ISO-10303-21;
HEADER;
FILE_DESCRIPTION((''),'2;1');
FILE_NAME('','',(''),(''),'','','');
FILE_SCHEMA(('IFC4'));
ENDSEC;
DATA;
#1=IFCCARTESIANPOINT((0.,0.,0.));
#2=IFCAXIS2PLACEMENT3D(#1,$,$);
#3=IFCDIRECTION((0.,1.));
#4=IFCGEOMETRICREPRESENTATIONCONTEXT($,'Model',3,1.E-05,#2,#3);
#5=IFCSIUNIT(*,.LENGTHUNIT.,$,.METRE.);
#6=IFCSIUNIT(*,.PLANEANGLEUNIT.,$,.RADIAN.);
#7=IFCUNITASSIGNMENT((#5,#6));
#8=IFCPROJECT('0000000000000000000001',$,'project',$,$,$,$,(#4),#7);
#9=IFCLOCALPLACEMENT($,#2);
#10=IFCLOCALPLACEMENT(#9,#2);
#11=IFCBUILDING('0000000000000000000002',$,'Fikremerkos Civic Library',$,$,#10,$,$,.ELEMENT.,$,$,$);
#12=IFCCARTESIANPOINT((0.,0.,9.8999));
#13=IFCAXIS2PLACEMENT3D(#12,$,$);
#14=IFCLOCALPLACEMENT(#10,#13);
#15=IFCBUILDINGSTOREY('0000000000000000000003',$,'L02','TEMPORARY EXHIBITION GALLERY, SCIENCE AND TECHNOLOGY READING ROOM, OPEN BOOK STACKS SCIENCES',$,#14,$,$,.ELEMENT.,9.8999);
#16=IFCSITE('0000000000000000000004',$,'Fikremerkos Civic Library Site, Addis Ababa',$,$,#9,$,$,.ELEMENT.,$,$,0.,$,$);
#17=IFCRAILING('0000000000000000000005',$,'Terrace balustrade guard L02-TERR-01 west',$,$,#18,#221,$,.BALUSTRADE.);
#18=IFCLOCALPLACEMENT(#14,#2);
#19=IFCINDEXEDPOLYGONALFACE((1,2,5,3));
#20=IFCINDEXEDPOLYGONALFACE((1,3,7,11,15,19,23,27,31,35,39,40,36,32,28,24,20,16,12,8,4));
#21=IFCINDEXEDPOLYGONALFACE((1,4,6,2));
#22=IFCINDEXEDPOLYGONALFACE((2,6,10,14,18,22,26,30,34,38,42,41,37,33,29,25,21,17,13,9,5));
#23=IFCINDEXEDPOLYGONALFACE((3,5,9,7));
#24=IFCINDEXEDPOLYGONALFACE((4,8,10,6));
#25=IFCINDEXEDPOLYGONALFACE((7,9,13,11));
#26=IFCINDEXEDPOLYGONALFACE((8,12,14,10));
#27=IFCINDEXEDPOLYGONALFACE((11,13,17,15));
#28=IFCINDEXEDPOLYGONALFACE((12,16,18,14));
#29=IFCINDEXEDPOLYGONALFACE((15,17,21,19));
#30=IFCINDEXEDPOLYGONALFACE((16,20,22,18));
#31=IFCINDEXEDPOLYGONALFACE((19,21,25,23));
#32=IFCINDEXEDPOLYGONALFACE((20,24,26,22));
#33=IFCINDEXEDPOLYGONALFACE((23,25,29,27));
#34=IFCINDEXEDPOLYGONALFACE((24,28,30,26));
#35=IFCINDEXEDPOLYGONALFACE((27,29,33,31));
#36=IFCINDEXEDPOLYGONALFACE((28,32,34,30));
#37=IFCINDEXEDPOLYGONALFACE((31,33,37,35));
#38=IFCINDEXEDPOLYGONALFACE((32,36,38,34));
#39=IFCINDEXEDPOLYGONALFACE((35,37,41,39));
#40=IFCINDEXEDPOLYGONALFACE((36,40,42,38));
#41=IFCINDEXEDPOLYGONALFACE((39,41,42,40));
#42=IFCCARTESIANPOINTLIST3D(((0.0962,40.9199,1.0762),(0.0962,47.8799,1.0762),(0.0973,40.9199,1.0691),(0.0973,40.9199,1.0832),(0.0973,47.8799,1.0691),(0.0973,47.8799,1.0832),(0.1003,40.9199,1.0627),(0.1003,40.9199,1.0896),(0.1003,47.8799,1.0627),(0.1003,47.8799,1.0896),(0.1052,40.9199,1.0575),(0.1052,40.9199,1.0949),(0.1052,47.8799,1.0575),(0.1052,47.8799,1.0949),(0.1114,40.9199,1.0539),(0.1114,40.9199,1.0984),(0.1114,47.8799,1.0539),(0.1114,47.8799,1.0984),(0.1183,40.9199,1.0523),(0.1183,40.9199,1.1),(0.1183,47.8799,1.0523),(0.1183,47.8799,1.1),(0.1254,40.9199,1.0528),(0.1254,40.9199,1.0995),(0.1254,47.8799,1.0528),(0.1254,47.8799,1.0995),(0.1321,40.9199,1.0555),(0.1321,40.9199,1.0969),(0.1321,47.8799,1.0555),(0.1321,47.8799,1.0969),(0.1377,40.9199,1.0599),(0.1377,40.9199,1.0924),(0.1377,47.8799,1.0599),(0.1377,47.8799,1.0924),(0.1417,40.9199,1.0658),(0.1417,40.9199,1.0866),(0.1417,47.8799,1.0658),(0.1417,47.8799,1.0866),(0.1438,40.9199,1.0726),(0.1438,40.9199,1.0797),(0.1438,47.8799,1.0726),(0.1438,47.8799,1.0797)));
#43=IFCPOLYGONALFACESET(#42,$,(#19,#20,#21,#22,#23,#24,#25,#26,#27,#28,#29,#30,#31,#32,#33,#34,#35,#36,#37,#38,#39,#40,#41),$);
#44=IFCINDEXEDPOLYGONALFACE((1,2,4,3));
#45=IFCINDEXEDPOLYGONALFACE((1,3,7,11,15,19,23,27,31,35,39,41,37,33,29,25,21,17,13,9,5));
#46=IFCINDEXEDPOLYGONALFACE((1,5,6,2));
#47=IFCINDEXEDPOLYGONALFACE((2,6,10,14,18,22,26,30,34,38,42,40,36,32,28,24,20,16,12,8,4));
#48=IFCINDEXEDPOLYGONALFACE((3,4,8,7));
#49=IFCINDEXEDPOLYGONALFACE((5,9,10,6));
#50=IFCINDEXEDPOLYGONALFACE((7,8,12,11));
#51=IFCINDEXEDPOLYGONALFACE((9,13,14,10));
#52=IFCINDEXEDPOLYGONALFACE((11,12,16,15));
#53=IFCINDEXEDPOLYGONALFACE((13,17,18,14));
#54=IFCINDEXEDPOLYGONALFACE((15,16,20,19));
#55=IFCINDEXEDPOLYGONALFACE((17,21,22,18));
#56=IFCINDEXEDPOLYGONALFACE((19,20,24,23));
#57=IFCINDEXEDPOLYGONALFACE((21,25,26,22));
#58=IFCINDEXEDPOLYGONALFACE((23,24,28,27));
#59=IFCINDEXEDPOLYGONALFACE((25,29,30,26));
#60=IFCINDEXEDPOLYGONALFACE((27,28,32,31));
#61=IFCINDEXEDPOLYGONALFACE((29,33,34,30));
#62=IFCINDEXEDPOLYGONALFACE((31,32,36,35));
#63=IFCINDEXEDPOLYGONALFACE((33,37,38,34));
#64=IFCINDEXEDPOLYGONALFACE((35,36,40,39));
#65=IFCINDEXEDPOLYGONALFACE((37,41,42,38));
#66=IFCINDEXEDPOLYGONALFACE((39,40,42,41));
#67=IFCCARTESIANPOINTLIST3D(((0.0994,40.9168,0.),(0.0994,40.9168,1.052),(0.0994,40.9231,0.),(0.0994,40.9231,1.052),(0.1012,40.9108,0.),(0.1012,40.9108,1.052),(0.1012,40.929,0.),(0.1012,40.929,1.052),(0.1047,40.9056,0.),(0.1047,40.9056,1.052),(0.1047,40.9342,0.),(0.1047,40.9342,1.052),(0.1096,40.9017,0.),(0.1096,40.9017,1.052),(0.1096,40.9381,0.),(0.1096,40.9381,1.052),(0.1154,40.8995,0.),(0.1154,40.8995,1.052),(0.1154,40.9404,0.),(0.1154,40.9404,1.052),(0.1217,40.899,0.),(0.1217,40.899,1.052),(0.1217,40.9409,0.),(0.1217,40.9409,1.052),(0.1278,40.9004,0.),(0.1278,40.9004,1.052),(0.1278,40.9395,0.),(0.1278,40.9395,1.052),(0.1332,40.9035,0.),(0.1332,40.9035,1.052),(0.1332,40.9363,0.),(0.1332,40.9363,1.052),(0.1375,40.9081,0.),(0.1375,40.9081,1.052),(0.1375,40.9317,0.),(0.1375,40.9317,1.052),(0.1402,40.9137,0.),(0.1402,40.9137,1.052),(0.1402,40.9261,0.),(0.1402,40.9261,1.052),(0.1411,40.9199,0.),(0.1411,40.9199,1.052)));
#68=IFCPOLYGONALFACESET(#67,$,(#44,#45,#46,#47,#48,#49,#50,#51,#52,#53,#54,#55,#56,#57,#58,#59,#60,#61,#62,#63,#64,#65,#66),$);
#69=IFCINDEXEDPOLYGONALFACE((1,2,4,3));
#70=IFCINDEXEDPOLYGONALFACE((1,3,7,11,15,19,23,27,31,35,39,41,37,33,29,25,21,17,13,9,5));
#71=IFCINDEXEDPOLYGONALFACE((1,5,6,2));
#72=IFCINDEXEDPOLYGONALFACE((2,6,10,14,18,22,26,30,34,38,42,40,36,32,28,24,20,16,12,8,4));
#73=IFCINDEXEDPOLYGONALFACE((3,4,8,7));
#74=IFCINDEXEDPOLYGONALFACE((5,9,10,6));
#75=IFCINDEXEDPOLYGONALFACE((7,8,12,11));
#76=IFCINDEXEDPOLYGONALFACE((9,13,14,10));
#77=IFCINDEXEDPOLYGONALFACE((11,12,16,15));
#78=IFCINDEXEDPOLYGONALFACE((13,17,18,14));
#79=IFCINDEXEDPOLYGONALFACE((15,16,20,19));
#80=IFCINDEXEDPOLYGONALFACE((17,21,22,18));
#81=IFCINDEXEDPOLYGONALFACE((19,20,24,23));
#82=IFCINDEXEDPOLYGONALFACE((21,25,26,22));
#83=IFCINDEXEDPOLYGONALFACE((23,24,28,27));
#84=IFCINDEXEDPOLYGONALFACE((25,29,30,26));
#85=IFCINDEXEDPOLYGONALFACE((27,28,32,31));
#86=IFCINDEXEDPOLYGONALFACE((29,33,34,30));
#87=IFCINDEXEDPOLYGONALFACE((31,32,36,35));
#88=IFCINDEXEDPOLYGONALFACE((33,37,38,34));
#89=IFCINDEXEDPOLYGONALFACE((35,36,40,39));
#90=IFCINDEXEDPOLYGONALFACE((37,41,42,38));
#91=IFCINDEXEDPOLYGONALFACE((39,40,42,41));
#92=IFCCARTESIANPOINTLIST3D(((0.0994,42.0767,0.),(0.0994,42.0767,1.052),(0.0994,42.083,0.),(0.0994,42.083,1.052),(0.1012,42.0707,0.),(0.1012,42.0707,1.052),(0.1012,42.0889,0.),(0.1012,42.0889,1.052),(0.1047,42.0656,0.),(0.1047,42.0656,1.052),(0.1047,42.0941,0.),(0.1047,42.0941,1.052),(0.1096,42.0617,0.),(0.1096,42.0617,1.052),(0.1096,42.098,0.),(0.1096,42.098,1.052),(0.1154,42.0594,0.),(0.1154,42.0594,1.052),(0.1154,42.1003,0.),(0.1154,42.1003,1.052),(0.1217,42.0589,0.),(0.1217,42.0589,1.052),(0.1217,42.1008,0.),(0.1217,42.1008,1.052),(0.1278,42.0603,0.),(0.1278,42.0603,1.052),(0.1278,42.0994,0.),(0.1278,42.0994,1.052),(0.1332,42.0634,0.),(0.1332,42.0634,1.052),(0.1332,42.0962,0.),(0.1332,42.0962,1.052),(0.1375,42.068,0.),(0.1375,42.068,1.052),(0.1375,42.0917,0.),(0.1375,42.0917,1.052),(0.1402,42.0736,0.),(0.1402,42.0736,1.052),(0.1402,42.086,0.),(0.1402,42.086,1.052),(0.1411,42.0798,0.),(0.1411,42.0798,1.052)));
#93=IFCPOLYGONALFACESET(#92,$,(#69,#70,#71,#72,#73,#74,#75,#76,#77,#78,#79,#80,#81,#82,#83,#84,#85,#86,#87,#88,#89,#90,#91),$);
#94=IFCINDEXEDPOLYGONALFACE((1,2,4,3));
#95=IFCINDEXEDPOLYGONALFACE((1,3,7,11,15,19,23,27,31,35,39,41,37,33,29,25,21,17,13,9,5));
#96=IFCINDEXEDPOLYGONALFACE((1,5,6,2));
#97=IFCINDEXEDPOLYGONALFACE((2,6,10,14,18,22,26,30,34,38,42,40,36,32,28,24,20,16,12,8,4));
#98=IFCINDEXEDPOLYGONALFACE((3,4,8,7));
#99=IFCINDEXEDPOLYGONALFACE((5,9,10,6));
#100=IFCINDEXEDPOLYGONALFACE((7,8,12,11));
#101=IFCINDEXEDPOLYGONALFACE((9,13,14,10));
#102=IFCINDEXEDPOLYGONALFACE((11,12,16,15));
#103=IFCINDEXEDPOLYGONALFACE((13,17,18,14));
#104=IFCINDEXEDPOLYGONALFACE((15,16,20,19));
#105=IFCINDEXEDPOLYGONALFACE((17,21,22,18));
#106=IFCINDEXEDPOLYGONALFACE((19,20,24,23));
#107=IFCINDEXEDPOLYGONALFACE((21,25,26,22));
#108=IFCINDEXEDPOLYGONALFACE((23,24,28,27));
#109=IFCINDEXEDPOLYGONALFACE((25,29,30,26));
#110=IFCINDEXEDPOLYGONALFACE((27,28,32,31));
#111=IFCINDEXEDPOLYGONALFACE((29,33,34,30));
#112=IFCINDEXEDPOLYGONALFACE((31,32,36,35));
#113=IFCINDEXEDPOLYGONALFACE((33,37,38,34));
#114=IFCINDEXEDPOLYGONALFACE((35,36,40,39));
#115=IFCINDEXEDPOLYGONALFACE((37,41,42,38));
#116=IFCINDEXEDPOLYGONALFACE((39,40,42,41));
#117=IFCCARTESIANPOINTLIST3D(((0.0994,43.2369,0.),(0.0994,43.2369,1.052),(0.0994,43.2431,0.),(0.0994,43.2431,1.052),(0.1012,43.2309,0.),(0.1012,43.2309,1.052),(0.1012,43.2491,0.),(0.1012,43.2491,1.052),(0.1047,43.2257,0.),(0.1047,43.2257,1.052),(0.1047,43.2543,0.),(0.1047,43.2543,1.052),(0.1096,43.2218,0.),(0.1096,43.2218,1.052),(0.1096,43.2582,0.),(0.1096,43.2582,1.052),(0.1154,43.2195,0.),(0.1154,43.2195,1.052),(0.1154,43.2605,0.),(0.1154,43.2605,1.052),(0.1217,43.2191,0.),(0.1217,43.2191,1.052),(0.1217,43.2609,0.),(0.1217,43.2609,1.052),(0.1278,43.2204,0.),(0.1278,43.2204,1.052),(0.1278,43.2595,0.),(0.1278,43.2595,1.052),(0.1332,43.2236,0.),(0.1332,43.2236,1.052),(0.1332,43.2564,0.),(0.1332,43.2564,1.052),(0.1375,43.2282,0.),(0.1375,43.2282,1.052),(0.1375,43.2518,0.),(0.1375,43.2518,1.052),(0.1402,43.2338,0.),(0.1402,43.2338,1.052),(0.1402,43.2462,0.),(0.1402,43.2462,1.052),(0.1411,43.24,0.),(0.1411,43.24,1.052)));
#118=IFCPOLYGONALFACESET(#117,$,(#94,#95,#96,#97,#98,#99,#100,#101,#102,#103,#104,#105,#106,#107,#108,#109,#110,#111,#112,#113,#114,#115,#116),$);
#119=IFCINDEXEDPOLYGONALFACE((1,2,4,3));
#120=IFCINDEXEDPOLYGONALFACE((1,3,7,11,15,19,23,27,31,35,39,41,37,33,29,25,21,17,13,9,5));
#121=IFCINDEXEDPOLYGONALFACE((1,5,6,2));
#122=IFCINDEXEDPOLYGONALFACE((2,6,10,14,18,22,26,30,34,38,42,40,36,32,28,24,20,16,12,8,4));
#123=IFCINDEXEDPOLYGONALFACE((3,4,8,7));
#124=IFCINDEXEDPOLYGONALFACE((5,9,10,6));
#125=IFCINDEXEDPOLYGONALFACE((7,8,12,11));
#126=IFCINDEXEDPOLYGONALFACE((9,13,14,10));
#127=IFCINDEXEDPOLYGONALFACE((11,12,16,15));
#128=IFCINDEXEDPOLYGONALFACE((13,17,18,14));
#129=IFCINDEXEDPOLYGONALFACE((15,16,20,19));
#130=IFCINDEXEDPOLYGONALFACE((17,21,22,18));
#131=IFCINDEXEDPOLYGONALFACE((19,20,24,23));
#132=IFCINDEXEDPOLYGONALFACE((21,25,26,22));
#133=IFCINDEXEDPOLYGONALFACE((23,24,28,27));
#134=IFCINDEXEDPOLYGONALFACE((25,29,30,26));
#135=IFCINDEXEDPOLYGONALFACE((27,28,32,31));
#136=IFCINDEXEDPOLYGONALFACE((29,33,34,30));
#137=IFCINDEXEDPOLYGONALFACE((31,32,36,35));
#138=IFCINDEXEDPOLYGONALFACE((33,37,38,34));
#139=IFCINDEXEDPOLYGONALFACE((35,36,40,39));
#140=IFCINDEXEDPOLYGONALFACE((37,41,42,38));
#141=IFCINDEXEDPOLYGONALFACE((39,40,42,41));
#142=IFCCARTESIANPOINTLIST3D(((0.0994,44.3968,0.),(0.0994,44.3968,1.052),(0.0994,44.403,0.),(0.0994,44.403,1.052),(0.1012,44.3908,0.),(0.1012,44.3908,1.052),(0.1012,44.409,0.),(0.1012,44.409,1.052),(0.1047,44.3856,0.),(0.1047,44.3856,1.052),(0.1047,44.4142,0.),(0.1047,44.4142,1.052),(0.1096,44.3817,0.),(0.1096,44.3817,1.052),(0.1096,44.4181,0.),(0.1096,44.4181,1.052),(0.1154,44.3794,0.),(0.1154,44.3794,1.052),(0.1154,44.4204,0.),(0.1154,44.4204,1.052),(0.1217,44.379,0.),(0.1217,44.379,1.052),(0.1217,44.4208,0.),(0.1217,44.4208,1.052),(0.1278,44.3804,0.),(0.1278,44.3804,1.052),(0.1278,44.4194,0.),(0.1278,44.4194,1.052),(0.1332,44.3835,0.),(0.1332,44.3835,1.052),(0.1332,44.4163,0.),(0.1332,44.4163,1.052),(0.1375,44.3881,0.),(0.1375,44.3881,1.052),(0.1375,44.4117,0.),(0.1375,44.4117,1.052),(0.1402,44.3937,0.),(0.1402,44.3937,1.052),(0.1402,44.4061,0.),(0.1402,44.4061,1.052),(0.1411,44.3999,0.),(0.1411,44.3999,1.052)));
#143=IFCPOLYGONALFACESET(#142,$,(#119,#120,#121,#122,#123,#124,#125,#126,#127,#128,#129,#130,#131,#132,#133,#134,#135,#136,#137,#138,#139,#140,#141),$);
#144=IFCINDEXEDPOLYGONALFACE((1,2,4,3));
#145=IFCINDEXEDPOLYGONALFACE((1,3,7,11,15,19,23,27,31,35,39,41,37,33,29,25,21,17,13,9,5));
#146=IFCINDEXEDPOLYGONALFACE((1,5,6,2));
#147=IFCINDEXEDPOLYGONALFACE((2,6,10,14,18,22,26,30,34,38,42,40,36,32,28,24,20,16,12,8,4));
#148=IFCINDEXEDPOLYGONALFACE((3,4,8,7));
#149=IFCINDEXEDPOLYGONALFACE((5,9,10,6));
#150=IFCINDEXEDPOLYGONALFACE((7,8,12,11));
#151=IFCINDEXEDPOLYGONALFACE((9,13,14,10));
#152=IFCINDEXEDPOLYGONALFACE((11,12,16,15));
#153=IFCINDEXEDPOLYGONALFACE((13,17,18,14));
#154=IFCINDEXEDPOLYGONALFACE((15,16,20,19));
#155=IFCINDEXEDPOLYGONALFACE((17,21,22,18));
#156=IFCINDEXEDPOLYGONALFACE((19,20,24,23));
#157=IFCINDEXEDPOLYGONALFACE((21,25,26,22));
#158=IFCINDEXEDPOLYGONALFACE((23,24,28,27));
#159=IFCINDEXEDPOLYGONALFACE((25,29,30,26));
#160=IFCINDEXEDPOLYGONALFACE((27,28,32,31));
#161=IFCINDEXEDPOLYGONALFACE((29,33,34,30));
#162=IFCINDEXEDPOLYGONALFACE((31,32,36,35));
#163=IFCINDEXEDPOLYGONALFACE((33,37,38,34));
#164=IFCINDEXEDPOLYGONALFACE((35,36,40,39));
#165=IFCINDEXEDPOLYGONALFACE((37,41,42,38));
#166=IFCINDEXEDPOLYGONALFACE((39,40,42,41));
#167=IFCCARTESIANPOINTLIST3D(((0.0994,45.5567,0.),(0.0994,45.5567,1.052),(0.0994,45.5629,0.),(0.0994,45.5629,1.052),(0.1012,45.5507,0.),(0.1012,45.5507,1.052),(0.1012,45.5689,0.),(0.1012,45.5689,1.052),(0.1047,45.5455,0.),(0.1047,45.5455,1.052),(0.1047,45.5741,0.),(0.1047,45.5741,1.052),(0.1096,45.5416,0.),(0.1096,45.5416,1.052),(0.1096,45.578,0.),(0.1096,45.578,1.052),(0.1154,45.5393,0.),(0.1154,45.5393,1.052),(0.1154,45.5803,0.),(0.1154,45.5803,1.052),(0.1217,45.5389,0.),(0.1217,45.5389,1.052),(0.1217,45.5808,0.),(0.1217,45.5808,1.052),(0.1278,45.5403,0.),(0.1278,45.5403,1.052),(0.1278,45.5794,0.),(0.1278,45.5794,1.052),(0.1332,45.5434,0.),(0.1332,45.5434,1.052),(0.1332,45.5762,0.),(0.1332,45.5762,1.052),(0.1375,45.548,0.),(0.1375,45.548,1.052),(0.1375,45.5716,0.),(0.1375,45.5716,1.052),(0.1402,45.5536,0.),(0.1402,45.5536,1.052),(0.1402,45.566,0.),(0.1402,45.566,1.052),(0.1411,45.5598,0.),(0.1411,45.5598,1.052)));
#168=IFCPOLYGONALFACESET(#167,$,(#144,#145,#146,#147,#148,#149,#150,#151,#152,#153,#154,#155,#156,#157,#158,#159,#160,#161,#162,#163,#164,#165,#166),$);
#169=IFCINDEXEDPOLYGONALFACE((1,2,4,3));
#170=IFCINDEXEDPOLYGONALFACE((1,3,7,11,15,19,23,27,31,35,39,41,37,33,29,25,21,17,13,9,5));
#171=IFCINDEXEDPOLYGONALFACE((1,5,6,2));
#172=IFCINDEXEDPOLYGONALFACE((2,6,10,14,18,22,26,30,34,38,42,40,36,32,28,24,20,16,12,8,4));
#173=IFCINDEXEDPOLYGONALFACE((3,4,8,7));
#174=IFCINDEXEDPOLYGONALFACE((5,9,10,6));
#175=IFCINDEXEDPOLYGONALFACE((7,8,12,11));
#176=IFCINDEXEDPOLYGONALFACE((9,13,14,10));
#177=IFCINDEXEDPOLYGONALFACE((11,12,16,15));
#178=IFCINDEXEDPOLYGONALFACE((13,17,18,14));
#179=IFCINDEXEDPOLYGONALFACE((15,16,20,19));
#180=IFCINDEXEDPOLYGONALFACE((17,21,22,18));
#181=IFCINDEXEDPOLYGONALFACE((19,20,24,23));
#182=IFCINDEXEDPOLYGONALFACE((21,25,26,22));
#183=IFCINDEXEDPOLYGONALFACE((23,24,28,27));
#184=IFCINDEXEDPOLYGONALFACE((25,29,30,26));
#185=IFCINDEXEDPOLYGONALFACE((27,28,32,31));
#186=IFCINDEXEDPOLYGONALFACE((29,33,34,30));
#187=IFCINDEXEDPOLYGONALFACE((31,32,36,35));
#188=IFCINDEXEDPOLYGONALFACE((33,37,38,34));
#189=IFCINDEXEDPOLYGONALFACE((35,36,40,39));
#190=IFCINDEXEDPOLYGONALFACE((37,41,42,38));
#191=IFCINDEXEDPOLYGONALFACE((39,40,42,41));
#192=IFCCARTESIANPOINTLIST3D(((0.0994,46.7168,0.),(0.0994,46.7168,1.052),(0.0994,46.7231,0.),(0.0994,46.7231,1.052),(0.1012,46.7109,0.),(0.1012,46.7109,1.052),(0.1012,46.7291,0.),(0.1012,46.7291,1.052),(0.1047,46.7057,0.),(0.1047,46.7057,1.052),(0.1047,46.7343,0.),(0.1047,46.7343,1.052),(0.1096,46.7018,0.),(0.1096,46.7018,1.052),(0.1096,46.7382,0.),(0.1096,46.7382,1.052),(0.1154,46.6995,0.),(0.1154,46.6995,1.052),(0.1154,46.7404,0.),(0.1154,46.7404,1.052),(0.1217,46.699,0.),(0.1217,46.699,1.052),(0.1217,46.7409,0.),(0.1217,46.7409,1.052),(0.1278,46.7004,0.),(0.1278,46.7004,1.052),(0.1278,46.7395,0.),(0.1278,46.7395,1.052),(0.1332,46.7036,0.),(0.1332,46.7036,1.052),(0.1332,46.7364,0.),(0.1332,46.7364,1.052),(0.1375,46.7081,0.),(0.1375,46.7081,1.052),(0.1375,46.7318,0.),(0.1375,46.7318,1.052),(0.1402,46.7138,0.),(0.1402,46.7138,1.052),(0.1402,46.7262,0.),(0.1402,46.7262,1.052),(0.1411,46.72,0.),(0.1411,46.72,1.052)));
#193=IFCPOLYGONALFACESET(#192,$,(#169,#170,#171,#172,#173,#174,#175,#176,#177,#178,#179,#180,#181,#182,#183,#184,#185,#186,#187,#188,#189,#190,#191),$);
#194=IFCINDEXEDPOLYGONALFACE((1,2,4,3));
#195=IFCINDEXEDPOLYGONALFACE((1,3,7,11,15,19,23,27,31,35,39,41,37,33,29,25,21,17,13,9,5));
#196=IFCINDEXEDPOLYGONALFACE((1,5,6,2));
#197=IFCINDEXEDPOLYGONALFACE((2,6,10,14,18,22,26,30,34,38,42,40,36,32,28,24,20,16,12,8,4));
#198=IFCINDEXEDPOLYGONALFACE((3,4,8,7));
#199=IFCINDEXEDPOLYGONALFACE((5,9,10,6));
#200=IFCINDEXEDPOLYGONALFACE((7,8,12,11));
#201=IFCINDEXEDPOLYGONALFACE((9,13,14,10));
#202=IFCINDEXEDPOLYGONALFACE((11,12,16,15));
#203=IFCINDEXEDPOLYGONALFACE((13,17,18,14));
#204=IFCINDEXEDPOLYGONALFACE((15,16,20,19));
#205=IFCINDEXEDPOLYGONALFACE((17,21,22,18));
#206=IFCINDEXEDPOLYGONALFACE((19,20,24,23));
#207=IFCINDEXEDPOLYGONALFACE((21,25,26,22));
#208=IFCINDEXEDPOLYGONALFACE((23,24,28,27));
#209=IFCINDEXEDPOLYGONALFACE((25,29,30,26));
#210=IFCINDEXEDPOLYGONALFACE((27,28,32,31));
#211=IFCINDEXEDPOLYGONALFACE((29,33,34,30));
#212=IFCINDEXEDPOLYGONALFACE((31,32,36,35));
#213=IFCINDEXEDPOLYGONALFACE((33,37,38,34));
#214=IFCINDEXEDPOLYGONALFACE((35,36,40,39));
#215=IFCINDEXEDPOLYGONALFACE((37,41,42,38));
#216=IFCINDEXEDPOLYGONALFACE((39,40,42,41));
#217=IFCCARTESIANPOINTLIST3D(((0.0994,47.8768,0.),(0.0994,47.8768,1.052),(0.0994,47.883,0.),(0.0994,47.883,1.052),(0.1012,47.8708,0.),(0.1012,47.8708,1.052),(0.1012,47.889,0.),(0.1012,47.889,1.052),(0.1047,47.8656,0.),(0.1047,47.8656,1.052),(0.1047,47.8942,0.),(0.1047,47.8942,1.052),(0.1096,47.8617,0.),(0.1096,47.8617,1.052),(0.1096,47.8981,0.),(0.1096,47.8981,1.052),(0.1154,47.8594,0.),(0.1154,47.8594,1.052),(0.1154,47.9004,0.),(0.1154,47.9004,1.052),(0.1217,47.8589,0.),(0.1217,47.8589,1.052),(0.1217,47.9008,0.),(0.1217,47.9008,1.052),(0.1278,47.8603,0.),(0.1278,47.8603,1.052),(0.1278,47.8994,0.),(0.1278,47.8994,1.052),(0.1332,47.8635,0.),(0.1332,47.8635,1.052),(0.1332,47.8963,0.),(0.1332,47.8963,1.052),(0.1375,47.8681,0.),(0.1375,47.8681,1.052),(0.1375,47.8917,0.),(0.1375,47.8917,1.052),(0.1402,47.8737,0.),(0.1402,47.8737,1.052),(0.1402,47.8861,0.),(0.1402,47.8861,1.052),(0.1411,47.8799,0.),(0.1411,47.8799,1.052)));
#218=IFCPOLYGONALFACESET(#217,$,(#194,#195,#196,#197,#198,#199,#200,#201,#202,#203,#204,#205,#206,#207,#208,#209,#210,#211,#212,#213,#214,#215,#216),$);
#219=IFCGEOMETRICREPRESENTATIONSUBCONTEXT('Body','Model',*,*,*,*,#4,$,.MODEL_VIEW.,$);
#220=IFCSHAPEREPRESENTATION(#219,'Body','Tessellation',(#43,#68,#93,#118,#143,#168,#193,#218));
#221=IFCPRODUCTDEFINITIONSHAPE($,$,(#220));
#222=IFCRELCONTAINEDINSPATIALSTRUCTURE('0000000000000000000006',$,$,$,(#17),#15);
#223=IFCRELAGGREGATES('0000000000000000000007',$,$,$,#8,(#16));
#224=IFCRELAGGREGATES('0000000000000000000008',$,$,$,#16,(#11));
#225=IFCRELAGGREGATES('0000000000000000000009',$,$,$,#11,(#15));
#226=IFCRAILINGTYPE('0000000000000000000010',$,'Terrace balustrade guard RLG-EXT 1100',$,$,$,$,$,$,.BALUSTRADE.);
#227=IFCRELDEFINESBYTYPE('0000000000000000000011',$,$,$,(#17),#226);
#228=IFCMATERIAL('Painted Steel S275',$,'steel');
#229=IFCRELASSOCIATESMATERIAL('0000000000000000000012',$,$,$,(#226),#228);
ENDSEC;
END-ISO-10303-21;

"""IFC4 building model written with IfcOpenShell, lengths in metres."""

from ifc_helpers import new_model, si_unit, direction, frame, origin, origin_2d, place, context, subcontext, project, spatial, circle, extrude, material, type_object, element, save


model = new_model("IFC4")

# Units and contexts
model_context = context("Model", 3, precision=1e-05, world=origin(), true_north=direction((0.0, 1.0)))
body_context = subcontext(model_context, "Body", "Model", "MODEL_VIEW")
ifc_project = project(units=[si_unit("LENGTHUNIT", "METRE"), si_unit("PLANEANGLEUNIT", "RADIAN")], contexts=[model_context])

# Site, building, storey
site_placement = place(None, origin())
site = spatial("IfcSite", under=ifc_project, at=site_placement, Name="Fikremerkos Civic Library Site, Addis Ababa", CompositionType="ELEMENT", RefElevation=0.0)
building_placement = place(site_placement, origin())
building = spatial("IfcBuilding", under=site, at=building_placement, Name="Fikremerkos Civic Library", CompositionType="ELEMENT")
storey_placement = place(building_placement, frame((0.0, 0.0, 9.8999)))
storey = spatial("IfcBuildingStorey", under=building, at=storey_placement, Name="L02", Description="TEMPORARY EXHIBITION GALLERY, SCIENCE AND TECHNOLOGY READING ROOM, OPEN BOOK STACKS SCIENCES", CompositionType="ELEMENT", Elevation=9.8999)

# Railing
ifc_material_1 = material(Name="Painted Steel S275", Category="steel")
railing_type = type_object("IfcRailingType", Name="Terrace balustrade guard RLG-EXT 1100", PredefinedType="BALUSTRADE", material=ifc_material_1)
railing_1_placement = place(storey_placement, frame((0.1201, 40.9199, 0.0)))
element("IfcRailing", 1, at=railing_1_placement, inside=storey, type_object=railing_type, Name="Terrace balustrade guard L02-TERR-01 west", PredefinedType="BALUSTRADE", context=body_context, shape_type="SweptSolid", body=[
    extrude(circle(Radius=0.0239, at=origin_2d()), frame((0.0, 0.0, 1.0762), z_axis=(0.0, 1.0, 0.0), x_axis=(-1.0, 0.0, 0.0)), (0.0, 0.0, 1.0), 6.96),
    extrude(circle(Radius=0.021, at=origin_2d()), origin(), (0.0, 0.0, 1.0), 1.052),
    extrude(circle(Radius=0.021, at=origin_2d()), frame((0.0, 1.1599, 0.0)), (0.0, 0.0, 1.0), 1.052),
    extrude(circle(Radius=0.021, at=origin_2d()), frame((0.0, 2.3201, 0.0)), (0.0, 0.0, 1.0), 1.052),
    extrude(circle(Radius=0.021, at=origin_2d()), frame((0.0, 3.48, 0.0)), (0.0, 0.0, 1.0), 1.052),
    extrude(circle(Radius=0.021, at=origin_2d()), frame((0.0, 4.6399, 0.0)), (0.0, 0.0, 1.0), 1.052),
    extrude(circle(Radius=0.021, at=origin_2d()), frame((0.0, 5.8, 0.0)), (0.0, 0.0, 1.0), 1.052),
    extrude(circle(Radius=0.021, at=origin_2d()), frame((0.0, 6.96, 0.0)), (0.0, 0.0, 1.0), 1.052),
])

save(model, "model.ifc")
